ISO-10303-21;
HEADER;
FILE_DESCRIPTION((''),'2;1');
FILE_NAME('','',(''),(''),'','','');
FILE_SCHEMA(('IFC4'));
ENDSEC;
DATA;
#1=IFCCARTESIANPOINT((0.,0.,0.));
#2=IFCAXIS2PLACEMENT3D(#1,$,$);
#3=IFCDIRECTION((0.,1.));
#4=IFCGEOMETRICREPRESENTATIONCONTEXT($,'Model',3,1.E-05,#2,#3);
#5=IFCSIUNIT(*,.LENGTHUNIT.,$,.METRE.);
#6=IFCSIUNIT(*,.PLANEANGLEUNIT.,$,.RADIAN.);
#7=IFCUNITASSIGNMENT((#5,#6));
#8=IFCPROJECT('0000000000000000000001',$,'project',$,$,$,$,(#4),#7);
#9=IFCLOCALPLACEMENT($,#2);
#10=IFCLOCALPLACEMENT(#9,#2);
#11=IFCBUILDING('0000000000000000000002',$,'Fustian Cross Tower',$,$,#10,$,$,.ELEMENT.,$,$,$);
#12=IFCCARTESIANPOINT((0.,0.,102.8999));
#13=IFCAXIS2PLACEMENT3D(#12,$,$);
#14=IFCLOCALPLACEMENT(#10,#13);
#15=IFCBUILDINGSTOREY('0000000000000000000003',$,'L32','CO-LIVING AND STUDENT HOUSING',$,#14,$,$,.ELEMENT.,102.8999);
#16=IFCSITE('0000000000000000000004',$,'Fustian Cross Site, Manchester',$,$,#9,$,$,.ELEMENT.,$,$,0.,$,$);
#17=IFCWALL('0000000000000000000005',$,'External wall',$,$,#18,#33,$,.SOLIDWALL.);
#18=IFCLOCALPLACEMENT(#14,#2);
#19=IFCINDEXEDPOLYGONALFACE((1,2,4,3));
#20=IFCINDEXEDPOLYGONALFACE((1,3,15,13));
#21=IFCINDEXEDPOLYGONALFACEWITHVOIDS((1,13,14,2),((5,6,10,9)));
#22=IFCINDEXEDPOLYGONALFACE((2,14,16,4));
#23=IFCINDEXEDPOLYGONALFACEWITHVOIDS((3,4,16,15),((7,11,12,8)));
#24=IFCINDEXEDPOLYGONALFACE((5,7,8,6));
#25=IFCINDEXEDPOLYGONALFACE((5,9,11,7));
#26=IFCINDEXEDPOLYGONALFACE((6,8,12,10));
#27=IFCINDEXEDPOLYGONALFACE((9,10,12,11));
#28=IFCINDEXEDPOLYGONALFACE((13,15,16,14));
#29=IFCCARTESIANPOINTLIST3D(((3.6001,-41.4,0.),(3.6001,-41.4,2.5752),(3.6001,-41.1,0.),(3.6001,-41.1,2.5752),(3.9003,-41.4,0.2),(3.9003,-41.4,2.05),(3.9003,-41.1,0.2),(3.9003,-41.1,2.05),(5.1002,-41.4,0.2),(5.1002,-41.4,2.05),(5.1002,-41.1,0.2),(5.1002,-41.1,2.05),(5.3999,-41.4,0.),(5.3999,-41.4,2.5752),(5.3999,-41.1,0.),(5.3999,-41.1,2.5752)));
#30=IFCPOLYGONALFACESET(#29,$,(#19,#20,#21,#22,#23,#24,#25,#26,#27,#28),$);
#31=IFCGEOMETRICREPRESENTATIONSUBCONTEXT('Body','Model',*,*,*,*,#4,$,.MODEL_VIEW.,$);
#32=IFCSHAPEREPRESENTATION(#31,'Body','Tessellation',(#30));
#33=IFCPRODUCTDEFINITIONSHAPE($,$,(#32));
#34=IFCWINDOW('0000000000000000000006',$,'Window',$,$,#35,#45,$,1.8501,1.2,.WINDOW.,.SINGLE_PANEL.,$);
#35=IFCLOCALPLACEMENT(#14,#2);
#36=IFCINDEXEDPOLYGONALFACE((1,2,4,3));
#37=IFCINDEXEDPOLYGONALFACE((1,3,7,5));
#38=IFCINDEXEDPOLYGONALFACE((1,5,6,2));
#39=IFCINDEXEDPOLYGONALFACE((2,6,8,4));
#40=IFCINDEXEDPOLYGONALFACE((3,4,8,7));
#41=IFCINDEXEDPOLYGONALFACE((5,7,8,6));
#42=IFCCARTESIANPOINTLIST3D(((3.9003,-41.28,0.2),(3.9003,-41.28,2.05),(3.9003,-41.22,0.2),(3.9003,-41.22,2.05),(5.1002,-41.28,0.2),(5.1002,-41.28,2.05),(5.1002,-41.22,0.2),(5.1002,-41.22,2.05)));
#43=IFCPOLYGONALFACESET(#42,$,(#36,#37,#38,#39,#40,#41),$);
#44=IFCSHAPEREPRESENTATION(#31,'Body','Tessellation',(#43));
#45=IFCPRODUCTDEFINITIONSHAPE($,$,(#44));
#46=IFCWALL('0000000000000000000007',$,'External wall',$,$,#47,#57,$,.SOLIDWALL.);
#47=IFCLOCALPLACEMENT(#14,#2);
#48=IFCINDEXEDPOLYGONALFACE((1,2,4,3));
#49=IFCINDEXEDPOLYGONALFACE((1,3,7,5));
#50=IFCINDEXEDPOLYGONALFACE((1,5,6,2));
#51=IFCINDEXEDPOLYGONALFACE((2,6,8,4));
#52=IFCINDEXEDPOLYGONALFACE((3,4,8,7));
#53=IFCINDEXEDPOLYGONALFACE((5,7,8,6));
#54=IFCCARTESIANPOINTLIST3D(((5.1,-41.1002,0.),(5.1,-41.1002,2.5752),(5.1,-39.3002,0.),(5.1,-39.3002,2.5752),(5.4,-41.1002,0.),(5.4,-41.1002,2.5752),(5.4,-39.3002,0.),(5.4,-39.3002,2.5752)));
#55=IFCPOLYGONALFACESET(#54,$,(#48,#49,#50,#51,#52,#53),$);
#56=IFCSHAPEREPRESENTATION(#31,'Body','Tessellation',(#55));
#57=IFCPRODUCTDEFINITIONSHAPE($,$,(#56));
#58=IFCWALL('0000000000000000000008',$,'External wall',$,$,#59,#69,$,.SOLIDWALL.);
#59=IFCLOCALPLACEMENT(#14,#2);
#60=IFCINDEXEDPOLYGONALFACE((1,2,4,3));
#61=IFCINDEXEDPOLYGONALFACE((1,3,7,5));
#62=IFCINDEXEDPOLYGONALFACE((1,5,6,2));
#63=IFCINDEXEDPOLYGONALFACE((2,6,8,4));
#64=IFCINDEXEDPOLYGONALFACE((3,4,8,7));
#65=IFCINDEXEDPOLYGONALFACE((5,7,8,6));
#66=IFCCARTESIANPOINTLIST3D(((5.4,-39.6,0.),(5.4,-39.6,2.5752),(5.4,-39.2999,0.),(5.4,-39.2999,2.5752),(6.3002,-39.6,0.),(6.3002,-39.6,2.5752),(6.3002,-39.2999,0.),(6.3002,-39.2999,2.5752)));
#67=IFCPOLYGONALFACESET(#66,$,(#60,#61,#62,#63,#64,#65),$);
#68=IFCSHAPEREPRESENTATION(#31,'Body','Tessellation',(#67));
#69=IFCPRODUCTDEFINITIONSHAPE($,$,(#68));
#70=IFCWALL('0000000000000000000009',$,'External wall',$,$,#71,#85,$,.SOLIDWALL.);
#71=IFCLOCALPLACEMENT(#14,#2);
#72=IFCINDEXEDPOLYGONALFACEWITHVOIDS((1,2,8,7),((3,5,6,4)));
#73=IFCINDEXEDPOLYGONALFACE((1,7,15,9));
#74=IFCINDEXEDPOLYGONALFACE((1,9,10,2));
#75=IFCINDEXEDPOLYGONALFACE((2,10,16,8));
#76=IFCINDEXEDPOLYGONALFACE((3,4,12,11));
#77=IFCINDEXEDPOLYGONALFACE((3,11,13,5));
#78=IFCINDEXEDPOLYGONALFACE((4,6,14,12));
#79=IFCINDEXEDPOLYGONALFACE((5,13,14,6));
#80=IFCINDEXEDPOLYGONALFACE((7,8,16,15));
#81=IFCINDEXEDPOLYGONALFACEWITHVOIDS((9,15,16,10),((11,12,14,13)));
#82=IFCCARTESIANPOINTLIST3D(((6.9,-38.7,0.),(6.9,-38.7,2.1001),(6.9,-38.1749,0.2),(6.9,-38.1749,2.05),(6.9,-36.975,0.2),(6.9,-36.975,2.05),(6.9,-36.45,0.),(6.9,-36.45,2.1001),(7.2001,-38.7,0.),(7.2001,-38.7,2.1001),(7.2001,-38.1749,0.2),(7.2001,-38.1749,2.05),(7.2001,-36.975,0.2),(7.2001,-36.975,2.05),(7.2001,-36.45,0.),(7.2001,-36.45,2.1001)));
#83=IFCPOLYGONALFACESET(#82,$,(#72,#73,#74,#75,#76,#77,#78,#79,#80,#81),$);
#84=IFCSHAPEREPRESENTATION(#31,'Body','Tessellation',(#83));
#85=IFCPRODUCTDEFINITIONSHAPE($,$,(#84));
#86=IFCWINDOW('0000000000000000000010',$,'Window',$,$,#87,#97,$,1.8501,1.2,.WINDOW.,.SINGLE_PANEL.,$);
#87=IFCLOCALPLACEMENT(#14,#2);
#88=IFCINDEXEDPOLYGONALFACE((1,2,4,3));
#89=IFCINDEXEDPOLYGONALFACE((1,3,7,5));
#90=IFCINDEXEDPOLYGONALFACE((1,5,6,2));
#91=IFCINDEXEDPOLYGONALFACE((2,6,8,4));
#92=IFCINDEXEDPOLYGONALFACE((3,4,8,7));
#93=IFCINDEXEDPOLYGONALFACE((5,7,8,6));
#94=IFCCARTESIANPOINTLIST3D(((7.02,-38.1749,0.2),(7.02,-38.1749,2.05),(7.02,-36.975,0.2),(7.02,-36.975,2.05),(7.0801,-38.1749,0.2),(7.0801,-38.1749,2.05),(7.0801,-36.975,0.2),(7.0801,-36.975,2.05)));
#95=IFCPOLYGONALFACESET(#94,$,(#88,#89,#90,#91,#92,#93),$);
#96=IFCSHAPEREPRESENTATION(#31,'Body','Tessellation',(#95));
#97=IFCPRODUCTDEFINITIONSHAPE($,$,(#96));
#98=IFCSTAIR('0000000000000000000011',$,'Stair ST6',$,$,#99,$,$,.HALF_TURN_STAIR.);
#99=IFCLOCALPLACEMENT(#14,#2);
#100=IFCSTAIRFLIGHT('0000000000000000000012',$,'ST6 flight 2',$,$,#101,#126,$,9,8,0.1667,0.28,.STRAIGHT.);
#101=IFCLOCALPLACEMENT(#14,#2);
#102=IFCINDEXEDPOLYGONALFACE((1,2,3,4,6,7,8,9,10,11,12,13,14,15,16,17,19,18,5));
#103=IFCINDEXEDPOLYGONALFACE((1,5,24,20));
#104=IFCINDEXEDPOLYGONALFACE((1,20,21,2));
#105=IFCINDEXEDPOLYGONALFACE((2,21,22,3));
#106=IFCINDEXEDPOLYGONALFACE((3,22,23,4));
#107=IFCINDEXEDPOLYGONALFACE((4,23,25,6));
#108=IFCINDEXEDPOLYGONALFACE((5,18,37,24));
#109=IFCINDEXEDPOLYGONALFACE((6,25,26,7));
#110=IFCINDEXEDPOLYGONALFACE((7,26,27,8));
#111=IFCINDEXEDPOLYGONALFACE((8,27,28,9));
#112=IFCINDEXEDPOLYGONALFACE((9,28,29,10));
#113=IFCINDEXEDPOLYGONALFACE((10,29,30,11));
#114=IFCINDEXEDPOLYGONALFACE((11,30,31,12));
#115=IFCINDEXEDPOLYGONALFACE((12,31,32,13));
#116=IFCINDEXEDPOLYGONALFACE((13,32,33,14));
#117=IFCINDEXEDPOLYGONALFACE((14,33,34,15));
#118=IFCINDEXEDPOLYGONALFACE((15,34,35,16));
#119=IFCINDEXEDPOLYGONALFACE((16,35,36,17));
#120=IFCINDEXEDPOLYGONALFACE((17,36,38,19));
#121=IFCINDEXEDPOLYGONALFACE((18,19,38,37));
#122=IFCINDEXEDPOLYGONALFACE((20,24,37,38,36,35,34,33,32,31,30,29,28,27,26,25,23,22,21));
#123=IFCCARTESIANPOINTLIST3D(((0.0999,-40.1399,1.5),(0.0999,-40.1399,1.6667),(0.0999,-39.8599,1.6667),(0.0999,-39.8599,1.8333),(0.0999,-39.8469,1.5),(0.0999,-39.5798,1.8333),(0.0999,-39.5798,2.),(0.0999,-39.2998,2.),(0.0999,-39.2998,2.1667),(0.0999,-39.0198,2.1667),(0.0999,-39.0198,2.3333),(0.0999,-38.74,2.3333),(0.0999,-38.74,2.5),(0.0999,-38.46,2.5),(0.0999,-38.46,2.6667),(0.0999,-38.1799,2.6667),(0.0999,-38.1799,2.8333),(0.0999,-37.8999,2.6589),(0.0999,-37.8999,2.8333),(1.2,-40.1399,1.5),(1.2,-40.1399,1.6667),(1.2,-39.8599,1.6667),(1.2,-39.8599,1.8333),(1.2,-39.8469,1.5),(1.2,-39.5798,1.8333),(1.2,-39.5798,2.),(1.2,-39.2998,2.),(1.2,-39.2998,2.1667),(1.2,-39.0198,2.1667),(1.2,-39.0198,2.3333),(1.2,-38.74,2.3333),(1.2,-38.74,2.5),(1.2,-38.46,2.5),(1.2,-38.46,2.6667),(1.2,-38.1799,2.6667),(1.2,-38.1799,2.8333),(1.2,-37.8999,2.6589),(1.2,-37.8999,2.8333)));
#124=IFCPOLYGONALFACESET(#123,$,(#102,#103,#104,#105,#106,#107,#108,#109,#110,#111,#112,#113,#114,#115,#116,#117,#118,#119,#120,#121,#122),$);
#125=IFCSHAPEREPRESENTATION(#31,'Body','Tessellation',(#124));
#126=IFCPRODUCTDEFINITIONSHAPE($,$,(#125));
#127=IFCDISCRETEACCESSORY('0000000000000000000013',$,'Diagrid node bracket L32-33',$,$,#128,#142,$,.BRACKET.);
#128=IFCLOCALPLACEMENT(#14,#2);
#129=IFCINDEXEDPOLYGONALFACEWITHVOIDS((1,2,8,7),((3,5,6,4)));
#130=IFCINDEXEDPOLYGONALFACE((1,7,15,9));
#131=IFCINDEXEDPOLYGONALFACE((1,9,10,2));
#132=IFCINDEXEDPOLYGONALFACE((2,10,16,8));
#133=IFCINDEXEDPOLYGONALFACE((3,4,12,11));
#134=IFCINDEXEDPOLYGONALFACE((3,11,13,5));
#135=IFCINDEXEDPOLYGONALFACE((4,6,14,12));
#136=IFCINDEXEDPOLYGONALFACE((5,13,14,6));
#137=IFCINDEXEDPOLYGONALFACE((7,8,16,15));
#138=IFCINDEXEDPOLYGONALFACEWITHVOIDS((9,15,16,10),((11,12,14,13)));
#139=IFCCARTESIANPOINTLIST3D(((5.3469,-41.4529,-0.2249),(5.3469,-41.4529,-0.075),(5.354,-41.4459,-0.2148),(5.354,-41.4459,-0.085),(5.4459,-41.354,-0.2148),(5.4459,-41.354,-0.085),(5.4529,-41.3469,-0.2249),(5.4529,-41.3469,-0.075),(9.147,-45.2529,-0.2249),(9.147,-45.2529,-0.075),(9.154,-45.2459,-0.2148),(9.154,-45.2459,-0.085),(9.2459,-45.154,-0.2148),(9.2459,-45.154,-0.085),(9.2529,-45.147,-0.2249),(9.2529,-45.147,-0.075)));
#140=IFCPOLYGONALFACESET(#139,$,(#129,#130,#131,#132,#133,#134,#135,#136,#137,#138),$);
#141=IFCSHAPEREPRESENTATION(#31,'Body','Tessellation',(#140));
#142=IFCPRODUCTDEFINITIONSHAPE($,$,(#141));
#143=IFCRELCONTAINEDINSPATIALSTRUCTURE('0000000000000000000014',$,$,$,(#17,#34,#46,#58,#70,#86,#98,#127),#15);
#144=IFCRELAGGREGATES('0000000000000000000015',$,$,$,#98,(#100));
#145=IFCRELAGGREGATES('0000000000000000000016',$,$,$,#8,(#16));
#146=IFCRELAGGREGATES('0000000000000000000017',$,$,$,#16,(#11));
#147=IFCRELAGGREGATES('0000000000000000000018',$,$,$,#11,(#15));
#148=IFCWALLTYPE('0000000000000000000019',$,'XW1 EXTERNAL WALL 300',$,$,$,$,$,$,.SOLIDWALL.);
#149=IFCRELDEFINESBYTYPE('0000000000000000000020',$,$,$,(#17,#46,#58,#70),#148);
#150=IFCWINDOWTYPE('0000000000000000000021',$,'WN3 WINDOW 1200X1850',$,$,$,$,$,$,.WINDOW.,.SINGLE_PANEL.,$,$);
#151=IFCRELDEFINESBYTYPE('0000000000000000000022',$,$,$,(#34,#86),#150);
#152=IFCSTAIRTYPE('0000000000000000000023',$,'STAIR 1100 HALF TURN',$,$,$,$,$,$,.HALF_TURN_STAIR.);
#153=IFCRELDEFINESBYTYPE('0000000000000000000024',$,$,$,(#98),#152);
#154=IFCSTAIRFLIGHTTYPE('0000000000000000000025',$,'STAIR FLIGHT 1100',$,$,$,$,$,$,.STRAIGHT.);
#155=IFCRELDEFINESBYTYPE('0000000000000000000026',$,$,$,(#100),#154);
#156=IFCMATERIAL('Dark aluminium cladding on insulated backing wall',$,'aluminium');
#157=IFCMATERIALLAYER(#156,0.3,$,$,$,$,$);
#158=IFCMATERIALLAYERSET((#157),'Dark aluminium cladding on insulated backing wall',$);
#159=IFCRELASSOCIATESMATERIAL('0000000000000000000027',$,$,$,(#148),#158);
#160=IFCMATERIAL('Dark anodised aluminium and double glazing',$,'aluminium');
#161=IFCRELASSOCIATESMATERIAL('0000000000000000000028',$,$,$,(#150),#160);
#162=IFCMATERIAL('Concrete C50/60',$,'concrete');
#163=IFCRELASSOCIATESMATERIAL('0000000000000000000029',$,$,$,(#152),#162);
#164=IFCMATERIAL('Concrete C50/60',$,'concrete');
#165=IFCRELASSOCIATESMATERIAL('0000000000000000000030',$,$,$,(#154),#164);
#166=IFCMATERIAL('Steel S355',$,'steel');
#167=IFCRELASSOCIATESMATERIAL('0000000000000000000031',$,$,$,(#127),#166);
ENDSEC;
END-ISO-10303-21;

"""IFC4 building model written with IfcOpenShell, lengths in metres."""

from ifc_helpers import new_model, si_unit, direction, frame, frame_2d, origin, origin_2d, place, context, subcontext, project, spatial, polyline, rectangle, hollow_rectangle, outline, extrude, material, layer, layer_set, type_object, element, fill, aggregate, save


model = new_model("IFC4")

# Units and contexts
model_context = context("Model", 3, precision=1e-05, world=origin(), true_north=direction((0.0, 1.0)))
body_context = subcontext(model_context, "Body", "Model", "MODEL_VIEW")
ifc_project = project(units=[si_unit("LENGTHUNIT", "METRE"), si_unit("PLANEANGLEUNIT", "RADIAN")], contexts=[model_context])

# Site, building, storey
site_placement = place(None, origin())
site = spatial("IfcSite", under=ifc_project, at=site_placement, Name="Fustian Cross Site, Manchester", CompositionType="ELEMENT", RefElevation=0.0)
building_placement = place(site_placement, origin())
building = spatial("IfcBuilding", under=site, at=building_placement, Name="Fustian Cross Tower", CompositionType="ELEMENT")
storey_placement = place(building_placement, frame((0.0, 0.0, 102.8999)))
storey = spatial("IfcBuildingStorey", under=building, at=storey_placement, Name="L32", Description="CO-LIVING AND STUDENT HOUSING", CompositionType="ELEMENT", Elevation=102.8999)

# Shared definitions
ifc_material_1 = material(Name="Dark aluminium cladding on insulated backing wall", Category="aluminium")
ifc_layer_1 = layer(ifc_material_1, 0.3)
ifc_layer_set_1 = layer_set([ifc_layer_1], Name="Dark aluminium cladding on insulated backing wall")
wall_type_1 = type_object("IfcWallType", Name="XW1 EXTERNAL WALL 300", PredefinedType="SOLIDWALL", material=ifc_layer_set_1)

# Wall, opening, window
wall_1_placement = place(storey_placement, frame((3.6001, -41.25, 0.0), z_axis=(0.0, 0.0, 1.0), x_axis=(1.0, 0.0, 0.0)))
wall_1 = element("IfcWall", 1, at=wall_1_placement, inside=storey, type_object=wall_type_1, Name="External wall", PredefinedType="SOLIDWALL", context=body_context, shape_type="SweptSolid", body=[
    extrude(rectangle(XDim=1.7998, YDim=0.3, at=frame_2d((0.8999, 0.0))), origin(), (0.0, 0.0, 1.0), 2.5752),
])
opening_1_placement = place(wall_1_placement, frame((0.3, 0.0, 0.2)))
opening_1 = element("IfcOpeningElement", 2, at=opening_1_placement, cuts=wall_1, PredefinedType="OPENING", context=body_context, shape_type="SweptSolid", body=[
    extrude(rectangle(XDim=1.2, YDim=1.8501, at=frame_2d((0.6001, 0.925))), frame((0.0, 0.1599, 0.0), z_axis=(0.0, -1.0, 0.0), x_axis=(1.0, 0.0, 0.0)), (0.0, 0.0, 1.0), 0.3201),
])
ifc_material_2 = material(Name="Dark anodised aluminium and double glazing", Category="aluminium")
window_type = type_object("IfcWindowType", Name="WN3 WINDOW 1200X1850", PartitioningType="SINGLE_PANEL", PredefinedType="WINDOW", material=ifc_material_2)
window_1_placement = place(opening_1_placement, origin())
window_1 = element("IfcWindow", 3, at=window_1_placement, inside=storey, type_object=window_type, Name="Window", OverallHeight=1.8501, OverallWidth=1.2, PartitioningType="SINGLE_PANEL", PredefinedType="WINDOW", context=body_context, shape_type="SweptSolid", body=[
    extrude(rectangle(XDim=1.2, YDim=1.8501, at=frame_2d((0.6001, 0.925))), frame((0.0, 0.03, 0.0), z_axis=(0.0, -1.0, 0.0), x_axis=(1.0, 0.0, 0.0)), (0.0, 0.0, 1.0), 0.0601),
])
fill(opening_1, window_1)

# Walls
wall_2_placement = place(storey_placement, frame((5.25, -41.1001, 0.0), z_axis=(0.0, 0.0, 1.0), x_axis=(0.0, 1.0, 0.0)))
element("IfcWall", 4, at=wall_2_placement, inside=storey, type_object=wall_type_1, Name="External wall", PredefinedType="SOLIDWALL", context=body_context, shape_type="SweptSolid", body=[
    extrude(rectangle(XDim=1.8, YDim=0.3, at=frame_2d((0.8999, 0.0))), origin(), (0.0, 0.0, 1.0), 2.5752),
])
wall_3_placement = place(storey_placement, frame((5.3999, -39.45, 0.0), z_axis=(0.0, 0.0, 1.0), x_axis=(1.0, 0.0, 0.0)))
element("IfcWall", 5, at=wall_3_placement, inside=storey, type_object=wall_type_1, Name="External wall", PredefinedType="SOLIDWALL", context=body_context, shape_type="SweptSolid", body=[
    extrude(rectangle(XDim=0.9001, YDim=0.3, at=frame_2d((0.4502, 0.0))), origin(), (0.0, 0.0, 1.0), 2.5752),
])

# Wall, opening, window
wall_4_placement = place(storey_placement, frame((7.05, -38.7, 0.0), z_axis=(0.0, 0.0, 1.0), x_axis=(0.0, 1.0, 0.0)))
wall_4 = element("IfcWall", 6, at=wall_4_placement, inside=storey, type_object=wall_type_1, Name="External wall", PredefinedType="SOLIDWALL", context=body_context, shape_type="SweptSolid", body=[
    extrude(rectangle(XDim=2.25, YDim=0.3, at=frame_2d((1.125, 0.0))), origin(), (0.0, 0.0, 1.0), 2.1001),
])
opening_2_placement = place(wall_4_placement, frame((0.5249, 0.0, 0.2)))
opening_2 = element("IfcOpeningElement", 7, at=opening_2_placement, cuts=wall_4, PredefinedType="OPENING", context=body_context, shape_type="SweptSolid", body=[
    extrude(rectangle(XDim=1.2, YDim=1.8501, at=frame_2d((0.6001, 0.925))), frame((0.0, 0.1599, 0.0), z_axis=(0.0, -1.0, 0.0), x_axis=(1.0, 0.0, 0.0)), (0.0, 0.0, 1.0), 0.3201),
])
window_2_placement = place(opening_2_placement, origin())
window_2 = element("IfcWindow", 8, at=window_2_placement, inside=storey, type_object=window_type, Name="Window", OverallHeight=1.8501, OverallWidth=1.2, PartitioningType="SINGLE_PANEL", PredefinedType="WINDOW", context=body_context, shape_type="SweptSolid", body=[
    extrude(rectangle(XDim=1.2, YDim=1.8501, at=frame_2d((0.6001, 0.925))), frame((0.0, 0.03, 0.0), z_axis=(0.0, -1.0, 0.0), x_axis=(1.0, 0.0, 0.0)), (0.0, 0.0, 1.0), 0.0601),
])
fill(opening_2, window_2)

# Stair, stair flight
ifc_material_3 = material(Name="Concrete C50/60", Category="concrete")
stair_type = type_object("IfcStairType", Name="STAIR 1100 HALF TURN", PredefinedType="HALF_TURN_STAIR", material=ifc_material_3)
stair_placement = place(storey_placement, origin())
stair = element("IfcStair", 9, at=stair_placement, inside=storey, type_object=stair_type, Name="Stair ST6", PredefinedType="HALF_TURN_STAIR")
ifc_material_4 = material(Name="Concrete C50/60", Category="concrete")
stair_flight_type = type_object("IfcStairFlightType", Name="STAIR FLIGHT 1100", PredefinedType="STRAIGHT", material=ifc_material_4)
stair_flight_placement = place(storey_placement, frame((0.6499, -40.1399, 1.5), z_axis=(0.0, 0.0, 1.0), x_axis=(0.0, 1.0, 0.0)))
stair_flight = element("IfcStairFlight", 10, at=stair_flight_placement, type_object=stair_flight_type, Name="ST6 flight 2", NumberOfRisers=9, NumberOfTreads=8, PredefinedType="STRAIGHT", RiserHeight=0.1667, TreadLength=0.28, context=body_context, shape_type="SweptSolid", body=[
    extrude(outline(polyline([(0.0, 0.0), (0.0, 0.1667), (0.28, 0.1667), (0.28, 0.3333), (0.5601, 0.3333), (0.5601, 0.5), (0.8401, 0.5), (0.8401, 0.6667), (1.1201, 0.6667), (1.1201, 0.8333), (1.3999, 0.8333), (1.3999, 1.0), (1.6799, 1.0), (1.6799, 1.1667), (1.96, 1.1667), (1.96, 1.3333), (2.24, 1.3333), (2.24, 1.5), (2.24, 1.1589), (0.293, 0.0), (0.0, 0.0)])), frame((0.0, 0.55, 0.0), z_axis=(0.0, -1.0, 0.0), x_axis=(1.0, 0.0, 0.0)), (0.0, 0.0, 1.0), 1.1001),
])
aggregate(stair, [stair_flight])

# Discrete accessory
ifc_material_5 = material(Name="Steel S355", Category="steel")
discrete_accessory_placement = place(storey_placement, frame((9.2, -45.2, -0.1499), z_axis=(-0.707107, 0.707107, 0.0), x_axis=(-0.707107, -0.707107, 0.0)))
element("IfcDiscreteAccessory", 11, at=discrete_accessory_placement, inside=storey, material=ifc_material_5, Name="Diagrid node bracket L32-33", PredefinedType="BRACKET", context=body_context, shape_type="SweptSolid", body=[
    extrude(hollow_rectangle(XDim=0.1499, YDim=0.1499, WallThickness=0.01, at=origin_2d()), origin(), (0.0, 0.0, 1.0), 5.374),
])

save(model, "model.ifc")
